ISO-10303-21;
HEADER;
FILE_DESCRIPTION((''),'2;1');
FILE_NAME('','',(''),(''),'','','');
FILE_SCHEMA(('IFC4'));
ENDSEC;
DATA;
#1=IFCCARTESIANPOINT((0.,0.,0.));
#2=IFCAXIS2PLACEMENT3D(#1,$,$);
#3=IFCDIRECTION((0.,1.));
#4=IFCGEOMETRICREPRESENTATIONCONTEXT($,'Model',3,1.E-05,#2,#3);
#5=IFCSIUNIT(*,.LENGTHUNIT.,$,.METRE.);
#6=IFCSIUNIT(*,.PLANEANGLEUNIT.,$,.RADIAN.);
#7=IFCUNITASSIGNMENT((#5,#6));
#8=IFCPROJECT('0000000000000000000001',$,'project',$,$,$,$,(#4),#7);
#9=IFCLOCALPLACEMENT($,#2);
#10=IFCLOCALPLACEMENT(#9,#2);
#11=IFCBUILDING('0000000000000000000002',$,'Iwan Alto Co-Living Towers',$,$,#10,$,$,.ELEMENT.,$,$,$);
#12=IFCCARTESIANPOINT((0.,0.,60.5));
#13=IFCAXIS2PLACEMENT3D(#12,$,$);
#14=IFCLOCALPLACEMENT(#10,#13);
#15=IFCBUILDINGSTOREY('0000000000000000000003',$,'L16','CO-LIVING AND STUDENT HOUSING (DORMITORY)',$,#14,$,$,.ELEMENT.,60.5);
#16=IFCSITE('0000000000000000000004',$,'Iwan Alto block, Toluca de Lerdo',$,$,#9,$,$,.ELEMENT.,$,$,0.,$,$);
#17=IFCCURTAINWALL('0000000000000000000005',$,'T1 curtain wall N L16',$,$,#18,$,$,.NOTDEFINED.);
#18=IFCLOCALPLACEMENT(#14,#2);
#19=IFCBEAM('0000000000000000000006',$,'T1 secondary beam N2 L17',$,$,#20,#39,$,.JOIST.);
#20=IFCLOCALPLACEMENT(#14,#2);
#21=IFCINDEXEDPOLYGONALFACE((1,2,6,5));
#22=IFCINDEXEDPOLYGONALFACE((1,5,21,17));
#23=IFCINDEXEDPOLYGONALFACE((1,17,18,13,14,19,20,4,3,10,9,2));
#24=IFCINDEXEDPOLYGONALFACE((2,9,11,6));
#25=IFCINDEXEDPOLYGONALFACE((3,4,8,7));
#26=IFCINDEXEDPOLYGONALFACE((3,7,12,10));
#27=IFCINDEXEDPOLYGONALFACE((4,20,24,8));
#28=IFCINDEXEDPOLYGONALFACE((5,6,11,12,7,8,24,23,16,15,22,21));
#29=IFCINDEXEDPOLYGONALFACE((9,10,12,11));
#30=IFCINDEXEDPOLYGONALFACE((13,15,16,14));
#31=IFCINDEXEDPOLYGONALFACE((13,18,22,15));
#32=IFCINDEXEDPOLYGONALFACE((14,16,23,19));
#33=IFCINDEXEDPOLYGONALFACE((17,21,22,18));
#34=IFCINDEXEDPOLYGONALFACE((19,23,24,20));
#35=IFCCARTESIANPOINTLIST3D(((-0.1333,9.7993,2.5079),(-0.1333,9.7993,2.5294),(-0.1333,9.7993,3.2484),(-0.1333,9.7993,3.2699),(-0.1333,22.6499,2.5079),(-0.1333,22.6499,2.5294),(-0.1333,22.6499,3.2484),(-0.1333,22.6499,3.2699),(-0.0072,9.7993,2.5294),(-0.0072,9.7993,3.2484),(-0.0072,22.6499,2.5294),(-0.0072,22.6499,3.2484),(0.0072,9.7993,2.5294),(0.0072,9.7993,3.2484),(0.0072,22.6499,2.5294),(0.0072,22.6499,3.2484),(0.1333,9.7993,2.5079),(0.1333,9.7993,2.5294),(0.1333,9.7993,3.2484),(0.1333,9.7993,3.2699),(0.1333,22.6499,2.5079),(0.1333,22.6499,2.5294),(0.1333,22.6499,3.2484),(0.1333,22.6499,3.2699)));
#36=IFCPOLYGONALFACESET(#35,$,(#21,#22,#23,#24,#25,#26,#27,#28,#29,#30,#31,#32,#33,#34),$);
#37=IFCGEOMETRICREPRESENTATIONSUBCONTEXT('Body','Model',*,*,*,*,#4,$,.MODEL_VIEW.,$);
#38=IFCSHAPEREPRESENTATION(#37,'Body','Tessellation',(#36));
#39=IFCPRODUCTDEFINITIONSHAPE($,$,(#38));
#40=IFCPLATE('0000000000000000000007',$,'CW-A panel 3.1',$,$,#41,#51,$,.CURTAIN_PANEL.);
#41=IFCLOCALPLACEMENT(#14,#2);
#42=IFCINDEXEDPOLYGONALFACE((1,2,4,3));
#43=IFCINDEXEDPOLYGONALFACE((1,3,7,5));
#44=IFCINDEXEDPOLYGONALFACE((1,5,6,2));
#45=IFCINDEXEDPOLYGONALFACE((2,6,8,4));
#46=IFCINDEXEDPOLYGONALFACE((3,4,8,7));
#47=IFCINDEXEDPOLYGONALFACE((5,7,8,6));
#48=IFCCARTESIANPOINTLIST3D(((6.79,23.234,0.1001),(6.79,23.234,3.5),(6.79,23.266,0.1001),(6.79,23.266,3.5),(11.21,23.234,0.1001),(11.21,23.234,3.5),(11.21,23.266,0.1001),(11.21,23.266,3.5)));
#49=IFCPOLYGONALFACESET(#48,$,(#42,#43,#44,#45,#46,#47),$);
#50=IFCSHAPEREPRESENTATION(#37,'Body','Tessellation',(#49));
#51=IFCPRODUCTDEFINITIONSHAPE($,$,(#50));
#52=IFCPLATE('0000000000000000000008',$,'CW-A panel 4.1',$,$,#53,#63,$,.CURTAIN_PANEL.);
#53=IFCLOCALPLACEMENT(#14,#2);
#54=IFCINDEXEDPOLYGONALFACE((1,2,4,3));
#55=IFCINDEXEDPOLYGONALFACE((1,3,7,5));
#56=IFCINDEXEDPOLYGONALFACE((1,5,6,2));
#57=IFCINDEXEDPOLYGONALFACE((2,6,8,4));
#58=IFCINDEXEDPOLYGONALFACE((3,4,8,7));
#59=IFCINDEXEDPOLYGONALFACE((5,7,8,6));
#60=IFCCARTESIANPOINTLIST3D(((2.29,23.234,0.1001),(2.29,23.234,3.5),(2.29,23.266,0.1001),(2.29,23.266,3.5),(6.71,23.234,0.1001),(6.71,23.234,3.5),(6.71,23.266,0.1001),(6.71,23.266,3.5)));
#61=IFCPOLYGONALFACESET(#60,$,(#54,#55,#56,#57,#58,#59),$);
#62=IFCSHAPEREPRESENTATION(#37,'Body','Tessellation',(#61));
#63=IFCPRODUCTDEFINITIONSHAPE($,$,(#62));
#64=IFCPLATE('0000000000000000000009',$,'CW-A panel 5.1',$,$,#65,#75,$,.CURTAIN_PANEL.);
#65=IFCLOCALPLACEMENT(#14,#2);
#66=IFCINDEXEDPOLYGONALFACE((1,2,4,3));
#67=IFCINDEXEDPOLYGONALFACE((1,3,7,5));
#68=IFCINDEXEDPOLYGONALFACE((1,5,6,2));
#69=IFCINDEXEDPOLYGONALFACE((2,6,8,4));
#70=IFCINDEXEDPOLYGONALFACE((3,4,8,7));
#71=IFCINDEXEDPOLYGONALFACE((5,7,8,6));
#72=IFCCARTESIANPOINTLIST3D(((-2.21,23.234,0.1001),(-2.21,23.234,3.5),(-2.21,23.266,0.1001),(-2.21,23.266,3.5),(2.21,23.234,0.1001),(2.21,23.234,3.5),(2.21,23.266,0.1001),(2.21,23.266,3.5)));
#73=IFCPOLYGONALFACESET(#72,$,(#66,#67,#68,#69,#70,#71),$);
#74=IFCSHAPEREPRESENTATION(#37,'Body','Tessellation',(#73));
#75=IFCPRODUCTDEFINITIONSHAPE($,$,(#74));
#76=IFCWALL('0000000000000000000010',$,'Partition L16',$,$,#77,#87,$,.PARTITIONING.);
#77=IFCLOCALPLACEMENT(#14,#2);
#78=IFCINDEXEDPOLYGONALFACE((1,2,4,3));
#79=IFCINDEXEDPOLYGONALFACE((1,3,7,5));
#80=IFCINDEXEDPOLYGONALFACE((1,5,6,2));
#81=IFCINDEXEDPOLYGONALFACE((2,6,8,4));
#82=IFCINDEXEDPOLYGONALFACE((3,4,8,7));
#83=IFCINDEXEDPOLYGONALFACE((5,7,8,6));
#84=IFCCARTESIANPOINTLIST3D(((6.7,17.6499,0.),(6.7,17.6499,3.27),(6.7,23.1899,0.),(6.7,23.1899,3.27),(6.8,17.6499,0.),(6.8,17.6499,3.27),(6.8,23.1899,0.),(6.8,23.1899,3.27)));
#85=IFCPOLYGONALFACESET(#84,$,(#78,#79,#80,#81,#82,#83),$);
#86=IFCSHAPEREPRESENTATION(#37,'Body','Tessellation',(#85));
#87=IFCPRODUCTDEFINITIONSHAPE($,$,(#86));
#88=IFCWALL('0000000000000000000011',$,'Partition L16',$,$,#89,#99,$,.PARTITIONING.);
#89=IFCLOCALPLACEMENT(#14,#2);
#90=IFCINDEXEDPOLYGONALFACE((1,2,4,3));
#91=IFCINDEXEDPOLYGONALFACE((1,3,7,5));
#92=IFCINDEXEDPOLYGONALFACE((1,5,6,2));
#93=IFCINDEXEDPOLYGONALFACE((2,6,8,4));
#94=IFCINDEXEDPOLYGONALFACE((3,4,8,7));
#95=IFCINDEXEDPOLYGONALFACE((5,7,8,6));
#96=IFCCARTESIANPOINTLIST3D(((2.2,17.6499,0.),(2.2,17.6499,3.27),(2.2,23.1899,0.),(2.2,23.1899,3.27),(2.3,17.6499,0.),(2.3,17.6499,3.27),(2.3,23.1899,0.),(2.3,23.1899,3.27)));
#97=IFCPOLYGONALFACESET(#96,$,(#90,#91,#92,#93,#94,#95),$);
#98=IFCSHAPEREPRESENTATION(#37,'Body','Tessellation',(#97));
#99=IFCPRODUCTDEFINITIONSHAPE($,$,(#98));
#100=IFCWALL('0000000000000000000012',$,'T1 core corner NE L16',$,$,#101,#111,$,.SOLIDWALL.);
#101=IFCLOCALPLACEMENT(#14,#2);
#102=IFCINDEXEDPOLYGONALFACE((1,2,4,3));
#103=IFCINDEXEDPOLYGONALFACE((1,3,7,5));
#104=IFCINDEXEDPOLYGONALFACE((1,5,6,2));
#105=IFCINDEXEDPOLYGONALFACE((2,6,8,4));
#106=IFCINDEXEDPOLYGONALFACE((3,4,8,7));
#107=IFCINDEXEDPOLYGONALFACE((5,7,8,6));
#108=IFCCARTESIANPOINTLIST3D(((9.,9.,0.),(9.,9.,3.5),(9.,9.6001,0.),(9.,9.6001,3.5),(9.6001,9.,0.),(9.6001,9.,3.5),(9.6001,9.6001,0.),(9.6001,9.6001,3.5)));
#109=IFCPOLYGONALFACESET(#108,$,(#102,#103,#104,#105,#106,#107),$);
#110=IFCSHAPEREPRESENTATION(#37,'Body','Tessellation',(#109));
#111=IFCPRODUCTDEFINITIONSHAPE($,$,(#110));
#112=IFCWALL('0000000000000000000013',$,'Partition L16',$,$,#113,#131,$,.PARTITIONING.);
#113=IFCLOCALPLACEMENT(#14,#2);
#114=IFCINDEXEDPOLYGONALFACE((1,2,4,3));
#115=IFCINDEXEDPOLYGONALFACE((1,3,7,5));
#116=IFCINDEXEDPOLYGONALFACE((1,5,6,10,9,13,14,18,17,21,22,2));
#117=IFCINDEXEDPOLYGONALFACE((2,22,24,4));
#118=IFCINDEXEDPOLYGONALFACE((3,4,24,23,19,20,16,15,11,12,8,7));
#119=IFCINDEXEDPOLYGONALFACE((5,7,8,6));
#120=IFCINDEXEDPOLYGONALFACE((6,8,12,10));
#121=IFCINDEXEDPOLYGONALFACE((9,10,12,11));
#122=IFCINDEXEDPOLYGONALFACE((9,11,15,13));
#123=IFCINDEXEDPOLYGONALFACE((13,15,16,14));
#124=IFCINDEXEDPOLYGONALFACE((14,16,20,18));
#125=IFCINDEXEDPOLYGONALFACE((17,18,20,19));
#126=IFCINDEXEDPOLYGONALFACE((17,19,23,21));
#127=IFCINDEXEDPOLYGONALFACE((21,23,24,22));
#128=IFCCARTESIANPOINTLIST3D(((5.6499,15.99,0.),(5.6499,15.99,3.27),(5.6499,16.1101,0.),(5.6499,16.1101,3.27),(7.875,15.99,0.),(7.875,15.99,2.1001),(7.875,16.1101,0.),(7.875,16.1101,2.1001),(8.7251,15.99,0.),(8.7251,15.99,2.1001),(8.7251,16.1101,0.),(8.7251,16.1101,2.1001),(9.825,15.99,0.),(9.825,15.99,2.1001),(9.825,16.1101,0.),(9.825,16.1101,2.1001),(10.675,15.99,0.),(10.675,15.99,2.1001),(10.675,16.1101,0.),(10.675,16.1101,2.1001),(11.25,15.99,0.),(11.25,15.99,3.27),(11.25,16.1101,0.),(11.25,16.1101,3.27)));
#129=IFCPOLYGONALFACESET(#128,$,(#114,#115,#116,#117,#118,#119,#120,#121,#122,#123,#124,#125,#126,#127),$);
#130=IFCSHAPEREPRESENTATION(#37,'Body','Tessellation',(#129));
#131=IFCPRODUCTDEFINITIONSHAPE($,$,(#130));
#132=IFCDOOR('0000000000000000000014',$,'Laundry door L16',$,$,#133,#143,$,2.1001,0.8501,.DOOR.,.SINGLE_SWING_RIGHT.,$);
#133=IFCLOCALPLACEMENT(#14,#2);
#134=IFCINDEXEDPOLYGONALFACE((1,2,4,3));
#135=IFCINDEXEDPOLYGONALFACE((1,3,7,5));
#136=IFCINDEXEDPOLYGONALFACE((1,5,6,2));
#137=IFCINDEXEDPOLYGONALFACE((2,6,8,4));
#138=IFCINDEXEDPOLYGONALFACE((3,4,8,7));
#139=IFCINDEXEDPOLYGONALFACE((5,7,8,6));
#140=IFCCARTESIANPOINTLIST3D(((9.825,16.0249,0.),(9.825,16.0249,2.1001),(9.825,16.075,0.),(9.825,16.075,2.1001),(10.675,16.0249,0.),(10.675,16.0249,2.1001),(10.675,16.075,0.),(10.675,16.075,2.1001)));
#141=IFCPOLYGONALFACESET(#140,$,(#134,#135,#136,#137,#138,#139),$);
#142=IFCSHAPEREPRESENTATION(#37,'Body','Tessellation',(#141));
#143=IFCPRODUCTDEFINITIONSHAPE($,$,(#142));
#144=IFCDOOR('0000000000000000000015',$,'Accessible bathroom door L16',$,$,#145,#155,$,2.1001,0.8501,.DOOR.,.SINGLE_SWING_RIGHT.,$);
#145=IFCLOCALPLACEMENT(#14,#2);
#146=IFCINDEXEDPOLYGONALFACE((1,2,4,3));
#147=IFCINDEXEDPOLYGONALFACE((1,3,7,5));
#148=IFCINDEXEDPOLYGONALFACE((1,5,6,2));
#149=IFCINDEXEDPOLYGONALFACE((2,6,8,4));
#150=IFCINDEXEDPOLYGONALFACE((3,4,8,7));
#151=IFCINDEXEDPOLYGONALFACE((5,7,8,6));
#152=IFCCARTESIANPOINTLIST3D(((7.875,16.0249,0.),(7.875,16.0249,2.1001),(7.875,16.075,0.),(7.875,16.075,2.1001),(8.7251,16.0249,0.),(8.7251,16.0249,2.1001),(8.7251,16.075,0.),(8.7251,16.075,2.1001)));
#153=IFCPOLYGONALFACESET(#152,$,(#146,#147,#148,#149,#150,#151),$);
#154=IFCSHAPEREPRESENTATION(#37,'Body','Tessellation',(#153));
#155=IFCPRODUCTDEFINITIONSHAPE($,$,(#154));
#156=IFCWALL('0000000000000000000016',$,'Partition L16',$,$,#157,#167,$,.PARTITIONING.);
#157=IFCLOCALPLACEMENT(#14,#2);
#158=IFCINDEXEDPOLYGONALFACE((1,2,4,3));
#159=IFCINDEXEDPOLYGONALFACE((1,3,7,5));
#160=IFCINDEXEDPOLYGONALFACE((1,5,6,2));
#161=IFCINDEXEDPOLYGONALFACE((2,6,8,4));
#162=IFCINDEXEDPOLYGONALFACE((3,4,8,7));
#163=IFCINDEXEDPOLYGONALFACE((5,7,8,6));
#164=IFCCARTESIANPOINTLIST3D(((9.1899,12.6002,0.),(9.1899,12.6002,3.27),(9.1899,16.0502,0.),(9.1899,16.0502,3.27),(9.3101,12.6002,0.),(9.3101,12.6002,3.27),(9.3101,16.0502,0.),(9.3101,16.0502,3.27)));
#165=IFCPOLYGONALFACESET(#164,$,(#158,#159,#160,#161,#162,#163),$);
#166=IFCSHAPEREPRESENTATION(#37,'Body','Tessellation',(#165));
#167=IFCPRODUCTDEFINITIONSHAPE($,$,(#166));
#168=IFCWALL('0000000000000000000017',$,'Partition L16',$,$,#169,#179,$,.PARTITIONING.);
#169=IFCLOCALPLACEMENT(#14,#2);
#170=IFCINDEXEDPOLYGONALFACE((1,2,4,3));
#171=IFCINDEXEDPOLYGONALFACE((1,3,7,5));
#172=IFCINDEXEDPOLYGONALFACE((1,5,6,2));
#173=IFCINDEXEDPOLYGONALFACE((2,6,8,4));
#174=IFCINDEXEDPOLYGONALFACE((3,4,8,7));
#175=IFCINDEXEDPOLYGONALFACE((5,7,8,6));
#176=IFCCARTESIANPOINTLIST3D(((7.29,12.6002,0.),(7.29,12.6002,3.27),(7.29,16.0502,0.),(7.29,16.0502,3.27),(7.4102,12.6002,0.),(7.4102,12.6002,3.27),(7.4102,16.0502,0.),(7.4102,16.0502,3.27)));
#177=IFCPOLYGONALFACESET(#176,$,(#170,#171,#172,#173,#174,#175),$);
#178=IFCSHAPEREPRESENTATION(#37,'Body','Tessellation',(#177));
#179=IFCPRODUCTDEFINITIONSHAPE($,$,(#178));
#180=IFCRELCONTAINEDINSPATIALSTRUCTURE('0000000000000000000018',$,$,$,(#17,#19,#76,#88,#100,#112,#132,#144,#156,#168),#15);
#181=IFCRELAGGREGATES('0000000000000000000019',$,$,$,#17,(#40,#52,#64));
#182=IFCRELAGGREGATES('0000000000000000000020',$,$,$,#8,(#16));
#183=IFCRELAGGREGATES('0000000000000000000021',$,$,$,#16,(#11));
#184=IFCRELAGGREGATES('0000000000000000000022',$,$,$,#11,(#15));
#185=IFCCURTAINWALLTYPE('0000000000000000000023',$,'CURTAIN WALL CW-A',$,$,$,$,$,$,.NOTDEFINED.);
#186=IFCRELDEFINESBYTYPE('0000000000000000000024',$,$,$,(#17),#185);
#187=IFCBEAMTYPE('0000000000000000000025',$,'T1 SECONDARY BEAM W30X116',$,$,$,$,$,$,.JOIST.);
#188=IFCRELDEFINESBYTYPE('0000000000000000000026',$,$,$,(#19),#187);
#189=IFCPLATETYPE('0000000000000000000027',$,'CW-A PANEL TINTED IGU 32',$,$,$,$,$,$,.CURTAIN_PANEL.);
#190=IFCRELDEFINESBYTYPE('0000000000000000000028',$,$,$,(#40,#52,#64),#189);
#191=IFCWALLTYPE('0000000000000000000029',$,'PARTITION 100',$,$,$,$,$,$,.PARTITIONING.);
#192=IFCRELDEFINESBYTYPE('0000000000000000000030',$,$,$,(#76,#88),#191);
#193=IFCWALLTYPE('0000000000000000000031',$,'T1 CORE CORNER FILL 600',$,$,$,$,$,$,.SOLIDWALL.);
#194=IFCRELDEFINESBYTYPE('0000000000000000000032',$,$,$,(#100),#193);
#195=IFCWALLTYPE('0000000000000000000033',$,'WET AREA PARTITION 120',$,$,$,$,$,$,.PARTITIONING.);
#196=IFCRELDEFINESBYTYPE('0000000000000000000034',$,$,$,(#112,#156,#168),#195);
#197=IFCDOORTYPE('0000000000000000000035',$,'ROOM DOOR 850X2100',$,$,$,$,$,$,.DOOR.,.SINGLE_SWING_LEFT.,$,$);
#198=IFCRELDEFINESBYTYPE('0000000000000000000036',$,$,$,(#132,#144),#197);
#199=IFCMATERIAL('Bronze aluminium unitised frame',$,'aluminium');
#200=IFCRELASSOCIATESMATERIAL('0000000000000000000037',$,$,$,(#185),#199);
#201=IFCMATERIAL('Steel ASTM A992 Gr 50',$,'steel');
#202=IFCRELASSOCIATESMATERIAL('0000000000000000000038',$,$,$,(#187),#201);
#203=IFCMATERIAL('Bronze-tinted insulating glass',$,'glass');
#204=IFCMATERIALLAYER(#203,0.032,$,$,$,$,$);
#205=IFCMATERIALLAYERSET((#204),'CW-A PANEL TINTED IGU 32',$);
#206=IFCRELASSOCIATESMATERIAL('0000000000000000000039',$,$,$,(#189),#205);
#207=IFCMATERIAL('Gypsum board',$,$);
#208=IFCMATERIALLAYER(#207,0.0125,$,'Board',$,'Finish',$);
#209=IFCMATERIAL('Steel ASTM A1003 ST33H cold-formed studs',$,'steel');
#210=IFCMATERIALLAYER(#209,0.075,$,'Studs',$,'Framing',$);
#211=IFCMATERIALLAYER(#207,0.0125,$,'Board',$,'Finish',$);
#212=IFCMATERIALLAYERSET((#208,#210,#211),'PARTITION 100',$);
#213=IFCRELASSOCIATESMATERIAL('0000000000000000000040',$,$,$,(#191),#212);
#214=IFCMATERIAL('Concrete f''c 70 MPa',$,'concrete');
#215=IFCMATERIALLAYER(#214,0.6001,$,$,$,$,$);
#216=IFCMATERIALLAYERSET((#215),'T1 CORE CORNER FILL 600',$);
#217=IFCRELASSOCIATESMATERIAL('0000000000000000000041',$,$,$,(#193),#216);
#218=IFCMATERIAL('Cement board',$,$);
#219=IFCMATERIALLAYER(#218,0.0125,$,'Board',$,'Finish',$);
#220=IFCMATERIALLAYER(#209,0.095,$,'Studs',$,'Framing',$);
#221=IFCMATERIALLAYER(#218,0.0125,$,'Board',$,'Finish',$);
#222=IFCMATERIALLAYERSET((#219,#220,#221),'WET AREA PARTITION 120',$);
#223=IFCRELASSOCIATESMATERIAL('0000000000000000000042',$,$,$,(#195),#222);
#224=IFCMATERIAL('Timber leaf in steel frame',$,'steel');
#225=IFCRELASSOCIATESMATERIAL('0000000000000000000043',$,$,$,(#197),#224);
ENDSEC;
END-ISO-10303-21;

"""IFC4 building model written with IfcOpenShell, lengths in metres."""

from ifc_helpers import new_model, si_unit, direction, frame, frame_2d, origin, origin_2d, place, context, subcontext, project, spatial, rectangle, i_section, extrude, material, layer, layer_set, material_profile, profile_set, type_object, element, fill, aggregate, save


model = new_model("IFC4")

# Units and contexts
model_context = context("Model", 3, precision=1e-05, world=origin(), true_north=direction((0.0, 1.0)))
body_context = subcontext(model_context, "Body", "Model", "MODEL_VIEW")
ifc_project = project(units=[si_unit("LENGTHUNIT", "METRE"), si_unit("PLANEANGLEUNIT", "RADIAN")], contexts=[model_context])

# Site, building, storey
site_placement = place(None, origin())
site = spatial("IfcSite", under=ifc_project, at=site_placement, Name="Iwan Alto block, Toluca de Lerdo", CompositionType="ELEMENT", RefElevation=0.0)
building_placement = place(site_placement, origin())
building = spatial("IfcBuilding", under=site, at=building_placement, Name="Iwan Alto Co-Living Towers", CompositionType="ELEMENT")
storey_placement = place(building_placement, frame((0.0, 0.0, 60.5)))
storey = spatial("IfcBuildingStorey", under=building, at=storey_placement, Name="L16", Description="CO-LIVING AND STUDENT HOUSING (DORMITORY)", CompositionType="ELEMENT", Elevation=60.5)

# Curtain wall
ifc_material_1 = material(Name="Bronze aluminium unitised frame", Category="aluminium")
curtain_wall_type = type_object("IfcCurtainWallType", Name="CURTAIN WALL CW-A", PredefinedType="NOTDEFINED", material=ifc_material_1)
curtain_wall_placement = place(storey_placement, origin())
curtain_wall = element("IfcCurtainWall", 1, at=curtain_wall_placement, inside=storey, type_object=curtain_wall_type, Name="T1 curtain wall N L16", PredefinedType="NOTDEFINED")

# Beam
ifc_material_2 = material(Name="Steel ASTM A992 Gr 50", Category="steel")
ifc_material_profile_1 = material_profile(ifc_material_2, i_section(OverallWidth=0.2666, OverallDepth=0.762, WebThickness=0.0144, FlangeThickness=0.0215, at=origin_2d()), Name="W30X116")
ifc_profile_set_1 = profile_set([ifc_material_profile_1], Name="Steel ASTM A992 Gr 50")
beam_type_1 = type_object("IfcBeamType", Name="T1 SECONDARY BEAM W30X116", PredefinedType="JOIST", material=ifc_profile_set_1)
for number, where, z_axis, x_axis, name in (
    (2, (0.0, 22.6499, 2.8889), (0.0, -1.0, 0.0), (1.0, 0.0, 0.0), "T1 secondary beam N2 L17"),
):
    element("IfcBeam", number, at=place(storey_placement, frame(where, z_axis=z_axis, x_axis=x_axis)), inside=storey, type_object=beam_type_1, Name=name, PredefinedType="JOIST", context=body_context, shape_type="SweptSolid", body=[
        extrude(i_section(OverallWidth=0.2666, OverallDepth=0.762, WebThickness=0.0144, FlangeThickness=0.0215, at=origin_2d()), origin(), (0.0, 0.0, 1.0), 12.8506),
    ])

# Plates
ifc_material_3 = material(Name="Bronze-tinted insulating glass", Category="glass")
ifc_layer_1 = layer(ifc_material_3, 0.032)
ifc_layer_set_1 = layer_set([ifc_layer_1], Name="CW-A PANEL TINTED IGU 32")
plate_type = type_object("IfcPlateType", Name="CW-A PANEL TINTED IGU 32", PredefinedType="CURTAIN_PANEL", material=ifc_layer_set_1)
plate_1_placement = place(storey_placement, frame((9.0, 23.25, 0.1001), z_axis=(0.0, 0.0, 1.0), x_axis=(-1.0, 0.0, 0.0)))
plate_1 = element("IfcPlate", 3, at=plate_1_placement, type_object=plate_type, Name="CW-A panel 3.1", PredefinedType="CURTAIN_PANEL", context=body_context, shape_type="SweptSolid", body=[
    extrude(rectangle(XDim=4.4199, YDim=0.032, at=origin_2d()), origin(), (0.0, 0.0, 1.0), 3.3999),
])
plate_2_placement = place(storey_placement, frame((4.5, 23.25, 0.1001), z_axis=(0.0, 0.0, 1.0), x_axis=(-1.0, 0.0, 0.0)))
plate_2 = element("IfcPlate", 4, at=plate_2_placement, type_object=plate_type, Name="CW-A panel 4.1", PredefinedType="CURTAIN_PANEL", context=body_context, shape_type="SweptSolid", body=[
    extrude(rectangle(XDim=4.4199, YDim=0.032, at=origin_2d()), origin(), (0.0, 0.0, 1.0), 3.3999),
])
plate_3_placement = place(storey_placement, frame((0.0, 23.25, 0.1001), z_axis=(0.0, 0.0, 1.0), x_axis=(-1.0, 0.0, 0.0)))
plate_3 = element("IfcPlate", 5, at=plate_3_placement, type_object=plate_type, Name="CW-A panel 5.1", PredefinedType="CURTAIN_PANEL", context=body_context, shape_type="SweptSolid", body=[
    extrude(rectangle(XDim=4.4199, YDim=0.032, at=origin_2d()), origin(), (0.0, 0.0, 1.0), 3.3999),
])
aggregate(curtain_wall, [plate_1, plate_2, plate_3])

# Walls
ifc_material_4 = material(Name="Gypsum board")
ifc_layer_2 = layer(ifc_material_4, 0.0125, Name="Board", Category="Finish")
ifc_material_5 = material(Name="Steel ASTM A1003 ST33H cold-formed studs", Category="steel")
ifc_layer_3 = layer(ifc_material_5, 0.075, Name="Studs", Category="Framing")
ifc_layer_4 = layer(ifc_material_4, 0.0125, Name="Board", Category="Finish")
ifc_layer_set_2 = layer_set([ifc_layer_2, ifc_layer_3, ifc_layer_4], Name="PARTITION 100")
wall_type_1 = type_object("IfcWallType", Name="PARTITION 100", PredefinedType="PARTITIONING", material=ifc_layer_set_2)
for number, where, z_axis, x_axis, name in (
    (6, (6.75, 17.6499, 0.0), (0.0, 0.0, 1.0), (0.0, 1.0, 0.0), "Partition L16"),
    (7, (2.25, 17.6499, 0.0), (0.0, 0.0, 1.0), (0.0, 1.0, 0.0), "Partition L16"),
):
    element("IfcWall", number, at=place(storey_placement, frame(where, z_axis=z_axis, x_axis=x_axis)), inside=storey, type_object=wall_type_1, Name=name, PredefinedType="PARTITIONING", context=body_context, shape_type="SweptSolid", body=[
        extrude(rectangle(XDim=5.54, YDim=0.1001, at=frame_2d((2.77, 0.0))), origin(), (0.0, 0.0, 1.0), 3.27),
    ])
ifc_material_6 = material(Name="Concrete f'c 70 MPa", Category="concrete")
ifc_layer_5 = layer(ifc_material_6, 0.6001)
ifc_layer_set_3 = layer_set([ifc_layer_5], Name="T1 CORE CORNER FILL 600")
wall_type_2 = type_object("IfcWallType", Name="T1 CORE CORNER FILL 600", PredefinedType="SOLIDWALL", material=ifc_layer_set_3)
wall_1_placement = place(storey_placement, frame((9.0, 9.3, 0.0), z_axis=(0.0, 0.0, 1.0), x_axis=(1.0, 0.0, 0.0)))
element("IfcWall", 8, at=wall_1_placement, inside=storey, type_object=wall_type_2, Name="T1 core corner NE L16", PredefinedType="SOLIDWALL", context=body_context, shape_type="SweptSolid", body=[
    extrude(rectangle(XDim=0.6001, YDim=0.6001, at=frame_2d((0.3, 0.0))), origin(), (0.0, 0.0, 1.0), 3.5),
])

# Wall, openings, doors
ifc_material_7 = material(Name="Cement board")
ifc_layer_6 = layer(ifc_material_7, 0.0125, Name="Board", Category="Finish")
ifc_layer_7 = layer(ifc_material_5, 0.095, Name="Studs", Category="Framing")
ifc_layer_8 = layer(ifc_material_7, 0.0125, Name="Board", Category="Finish")
ifc_layer_set_4 = layer_set([ifc_layer_6, ifc_layer_7, ifc_layer_8], Name="WET AREA PARTITION 120")
wall_type_3 = type_object("IfcWallType", Name="WET AREA PARTITION 120", PredefinedType="PARTITIONING", material=ifc_layer_set_4)
wall_2_placement = place(storey_placement, frame((5.6499, 16.05, 0.0), z_axis=(0.0, 0.0, 1.0), x_axis=(1.0, 0.0, 0.0)))
wall_2 = element("IfcWall", 9, at=wall_2_placement, inside=storey, type_object=wall_type_3, Name="Partition L16", PredefinedType="PARTITIONING", context=body_context, shape_type="SweptSolid", body=[
    extrude(rectangle(XDim=5.6001, YDim=0.1201, at=frame_2d((2.8, 0.0))), origin(), (0.0, 0.0, 1.0), 3.27),
])
opening_1_placement = place(wall_2_placement, frame((4.175, 0.0, 0.0)))
opening_1 = element("IfcOpeningElement", 10, at=opening_1_placement, cuts=wall_2, PredefinedType="OPENING", context=body_context, shape_type="SweptSolid", body=[
    extrude(rectangle(XDim=0.8501, YDim=2.1001, at=frame_2d((0.425, 1.05))), frame((0.0, 0.0701, 0.0), z_axis=(0.0, -1.0, 0.0), x_axis=(1.0, 0.0, 0.0)), (0.0, 0.0, 1.0), 0.1401),
])
opening_2_placement = place(wall_2_placement, frame((2.2251, 0.0, 0.0)))
opening_2 = element("IfcOpeningElement", 11, at=opening_2_placement, cuts=wall_2, PredefinedType="OPENING", context=body_context, shape_type="SweptSolid", body=[
    extrude(rectangle(XDim=0.8501, YDim=2.1001, at=frame_2d((0.425, 1.05))), frame((0.0, 0.0701, 0.0), z_axis=(0.0, -1.0, 0.0), x_axis=(1.0, 0.0, 0.0)), (0.0, 0.0, 1.0), 0.1401),
])
ifc_material_8 = material(Name="Timber leaf in steel frame", Category="steel")
door_type = type_object("IfcDoorType", Name="ROOM DOOR 850X2100", OperationType="SINGLE_SWING_LEFT", PredefinedType="DOOR", material=ifc_material_8)
door_1_placement = place(opening_1_placement, origin())
door_1 = element("IfcDoor", 12, at=door_1_placement, inside=storey, type_object=door_type, Name="Laundry door L16", OperationType="SINGLE_SWING_RIGHT", OverallHeight=2.1001, OverallWidth=0.8501, PredefinedType="DOOR", context=body_context, shape_type="SweptSolid", body=[
    extrude(rectangle(XDim=0.8501, YDim=2.1001, at=frame_2d((0.425, 1.05))), frame((0.0, 0.0249, 0.0), z_axis=(0.0, -1.0, 0.0), x_axis=(1.0, 0.0, 0.0)), (0.0, 0.0, 1.0), 0.05),
])
fill(opening_1, door_1)
door_2_placement = place(opening_2_placement, origin())
door_2 = element("IfcDoor", 13, at=door_2_placement, inside=storey, type_object=door_type, Name="Accessible bathroom door L16", OperationType="SINGLE_SWING_RIGHT", OverallHeight=2.1001, OverallWidth=0.8501, PredefinedType="DOOR", context=body_context, shape_type="SweptSolid", body=[
    extrude(rectangle(XDim=0.8501, YDim=2.1001, at=frame_2d((0.425, 1.05))), frame((0.0, 0.0249, 0.0), z_axis=(0.0, -1.0, 0.0), x_axis=(1.0, 0.0, 0.0)), (0.0, 0.0, 1.0), 0.05),
])
fill(opening_2, door_2)

# Walls
for number, where, z_axis, x_axis, name in (
    (14, (9.25, 12.6001, 0.0), (0.0, 0.0, 1.0), (0.0, 1.0, 0.0), "Partition L16"),
    (15, (7.3501, 12.6001, 0.0), (0.0, 0.0, 1.0), (0.0, 1.0, 0.0), "Partition L16"),
):
    element("IfcWall", number, at=place(storey_placement, frame(where, z_axis=z_axis, x_axis=x_axis)), inside=storey, type_object=wall_type_3, Name=name, PredefinedType="PARTITIONING", context=body_context, shape_type="SweptSolid", body=[
        extrude(rectangle(XDim=3.45, YDim=0.1201, at=frame_2d((1.7251, 0.0))), origin(), (0.0, 0.0, 1.0), 3.27),
    ])

save(model, "model.ifc")
